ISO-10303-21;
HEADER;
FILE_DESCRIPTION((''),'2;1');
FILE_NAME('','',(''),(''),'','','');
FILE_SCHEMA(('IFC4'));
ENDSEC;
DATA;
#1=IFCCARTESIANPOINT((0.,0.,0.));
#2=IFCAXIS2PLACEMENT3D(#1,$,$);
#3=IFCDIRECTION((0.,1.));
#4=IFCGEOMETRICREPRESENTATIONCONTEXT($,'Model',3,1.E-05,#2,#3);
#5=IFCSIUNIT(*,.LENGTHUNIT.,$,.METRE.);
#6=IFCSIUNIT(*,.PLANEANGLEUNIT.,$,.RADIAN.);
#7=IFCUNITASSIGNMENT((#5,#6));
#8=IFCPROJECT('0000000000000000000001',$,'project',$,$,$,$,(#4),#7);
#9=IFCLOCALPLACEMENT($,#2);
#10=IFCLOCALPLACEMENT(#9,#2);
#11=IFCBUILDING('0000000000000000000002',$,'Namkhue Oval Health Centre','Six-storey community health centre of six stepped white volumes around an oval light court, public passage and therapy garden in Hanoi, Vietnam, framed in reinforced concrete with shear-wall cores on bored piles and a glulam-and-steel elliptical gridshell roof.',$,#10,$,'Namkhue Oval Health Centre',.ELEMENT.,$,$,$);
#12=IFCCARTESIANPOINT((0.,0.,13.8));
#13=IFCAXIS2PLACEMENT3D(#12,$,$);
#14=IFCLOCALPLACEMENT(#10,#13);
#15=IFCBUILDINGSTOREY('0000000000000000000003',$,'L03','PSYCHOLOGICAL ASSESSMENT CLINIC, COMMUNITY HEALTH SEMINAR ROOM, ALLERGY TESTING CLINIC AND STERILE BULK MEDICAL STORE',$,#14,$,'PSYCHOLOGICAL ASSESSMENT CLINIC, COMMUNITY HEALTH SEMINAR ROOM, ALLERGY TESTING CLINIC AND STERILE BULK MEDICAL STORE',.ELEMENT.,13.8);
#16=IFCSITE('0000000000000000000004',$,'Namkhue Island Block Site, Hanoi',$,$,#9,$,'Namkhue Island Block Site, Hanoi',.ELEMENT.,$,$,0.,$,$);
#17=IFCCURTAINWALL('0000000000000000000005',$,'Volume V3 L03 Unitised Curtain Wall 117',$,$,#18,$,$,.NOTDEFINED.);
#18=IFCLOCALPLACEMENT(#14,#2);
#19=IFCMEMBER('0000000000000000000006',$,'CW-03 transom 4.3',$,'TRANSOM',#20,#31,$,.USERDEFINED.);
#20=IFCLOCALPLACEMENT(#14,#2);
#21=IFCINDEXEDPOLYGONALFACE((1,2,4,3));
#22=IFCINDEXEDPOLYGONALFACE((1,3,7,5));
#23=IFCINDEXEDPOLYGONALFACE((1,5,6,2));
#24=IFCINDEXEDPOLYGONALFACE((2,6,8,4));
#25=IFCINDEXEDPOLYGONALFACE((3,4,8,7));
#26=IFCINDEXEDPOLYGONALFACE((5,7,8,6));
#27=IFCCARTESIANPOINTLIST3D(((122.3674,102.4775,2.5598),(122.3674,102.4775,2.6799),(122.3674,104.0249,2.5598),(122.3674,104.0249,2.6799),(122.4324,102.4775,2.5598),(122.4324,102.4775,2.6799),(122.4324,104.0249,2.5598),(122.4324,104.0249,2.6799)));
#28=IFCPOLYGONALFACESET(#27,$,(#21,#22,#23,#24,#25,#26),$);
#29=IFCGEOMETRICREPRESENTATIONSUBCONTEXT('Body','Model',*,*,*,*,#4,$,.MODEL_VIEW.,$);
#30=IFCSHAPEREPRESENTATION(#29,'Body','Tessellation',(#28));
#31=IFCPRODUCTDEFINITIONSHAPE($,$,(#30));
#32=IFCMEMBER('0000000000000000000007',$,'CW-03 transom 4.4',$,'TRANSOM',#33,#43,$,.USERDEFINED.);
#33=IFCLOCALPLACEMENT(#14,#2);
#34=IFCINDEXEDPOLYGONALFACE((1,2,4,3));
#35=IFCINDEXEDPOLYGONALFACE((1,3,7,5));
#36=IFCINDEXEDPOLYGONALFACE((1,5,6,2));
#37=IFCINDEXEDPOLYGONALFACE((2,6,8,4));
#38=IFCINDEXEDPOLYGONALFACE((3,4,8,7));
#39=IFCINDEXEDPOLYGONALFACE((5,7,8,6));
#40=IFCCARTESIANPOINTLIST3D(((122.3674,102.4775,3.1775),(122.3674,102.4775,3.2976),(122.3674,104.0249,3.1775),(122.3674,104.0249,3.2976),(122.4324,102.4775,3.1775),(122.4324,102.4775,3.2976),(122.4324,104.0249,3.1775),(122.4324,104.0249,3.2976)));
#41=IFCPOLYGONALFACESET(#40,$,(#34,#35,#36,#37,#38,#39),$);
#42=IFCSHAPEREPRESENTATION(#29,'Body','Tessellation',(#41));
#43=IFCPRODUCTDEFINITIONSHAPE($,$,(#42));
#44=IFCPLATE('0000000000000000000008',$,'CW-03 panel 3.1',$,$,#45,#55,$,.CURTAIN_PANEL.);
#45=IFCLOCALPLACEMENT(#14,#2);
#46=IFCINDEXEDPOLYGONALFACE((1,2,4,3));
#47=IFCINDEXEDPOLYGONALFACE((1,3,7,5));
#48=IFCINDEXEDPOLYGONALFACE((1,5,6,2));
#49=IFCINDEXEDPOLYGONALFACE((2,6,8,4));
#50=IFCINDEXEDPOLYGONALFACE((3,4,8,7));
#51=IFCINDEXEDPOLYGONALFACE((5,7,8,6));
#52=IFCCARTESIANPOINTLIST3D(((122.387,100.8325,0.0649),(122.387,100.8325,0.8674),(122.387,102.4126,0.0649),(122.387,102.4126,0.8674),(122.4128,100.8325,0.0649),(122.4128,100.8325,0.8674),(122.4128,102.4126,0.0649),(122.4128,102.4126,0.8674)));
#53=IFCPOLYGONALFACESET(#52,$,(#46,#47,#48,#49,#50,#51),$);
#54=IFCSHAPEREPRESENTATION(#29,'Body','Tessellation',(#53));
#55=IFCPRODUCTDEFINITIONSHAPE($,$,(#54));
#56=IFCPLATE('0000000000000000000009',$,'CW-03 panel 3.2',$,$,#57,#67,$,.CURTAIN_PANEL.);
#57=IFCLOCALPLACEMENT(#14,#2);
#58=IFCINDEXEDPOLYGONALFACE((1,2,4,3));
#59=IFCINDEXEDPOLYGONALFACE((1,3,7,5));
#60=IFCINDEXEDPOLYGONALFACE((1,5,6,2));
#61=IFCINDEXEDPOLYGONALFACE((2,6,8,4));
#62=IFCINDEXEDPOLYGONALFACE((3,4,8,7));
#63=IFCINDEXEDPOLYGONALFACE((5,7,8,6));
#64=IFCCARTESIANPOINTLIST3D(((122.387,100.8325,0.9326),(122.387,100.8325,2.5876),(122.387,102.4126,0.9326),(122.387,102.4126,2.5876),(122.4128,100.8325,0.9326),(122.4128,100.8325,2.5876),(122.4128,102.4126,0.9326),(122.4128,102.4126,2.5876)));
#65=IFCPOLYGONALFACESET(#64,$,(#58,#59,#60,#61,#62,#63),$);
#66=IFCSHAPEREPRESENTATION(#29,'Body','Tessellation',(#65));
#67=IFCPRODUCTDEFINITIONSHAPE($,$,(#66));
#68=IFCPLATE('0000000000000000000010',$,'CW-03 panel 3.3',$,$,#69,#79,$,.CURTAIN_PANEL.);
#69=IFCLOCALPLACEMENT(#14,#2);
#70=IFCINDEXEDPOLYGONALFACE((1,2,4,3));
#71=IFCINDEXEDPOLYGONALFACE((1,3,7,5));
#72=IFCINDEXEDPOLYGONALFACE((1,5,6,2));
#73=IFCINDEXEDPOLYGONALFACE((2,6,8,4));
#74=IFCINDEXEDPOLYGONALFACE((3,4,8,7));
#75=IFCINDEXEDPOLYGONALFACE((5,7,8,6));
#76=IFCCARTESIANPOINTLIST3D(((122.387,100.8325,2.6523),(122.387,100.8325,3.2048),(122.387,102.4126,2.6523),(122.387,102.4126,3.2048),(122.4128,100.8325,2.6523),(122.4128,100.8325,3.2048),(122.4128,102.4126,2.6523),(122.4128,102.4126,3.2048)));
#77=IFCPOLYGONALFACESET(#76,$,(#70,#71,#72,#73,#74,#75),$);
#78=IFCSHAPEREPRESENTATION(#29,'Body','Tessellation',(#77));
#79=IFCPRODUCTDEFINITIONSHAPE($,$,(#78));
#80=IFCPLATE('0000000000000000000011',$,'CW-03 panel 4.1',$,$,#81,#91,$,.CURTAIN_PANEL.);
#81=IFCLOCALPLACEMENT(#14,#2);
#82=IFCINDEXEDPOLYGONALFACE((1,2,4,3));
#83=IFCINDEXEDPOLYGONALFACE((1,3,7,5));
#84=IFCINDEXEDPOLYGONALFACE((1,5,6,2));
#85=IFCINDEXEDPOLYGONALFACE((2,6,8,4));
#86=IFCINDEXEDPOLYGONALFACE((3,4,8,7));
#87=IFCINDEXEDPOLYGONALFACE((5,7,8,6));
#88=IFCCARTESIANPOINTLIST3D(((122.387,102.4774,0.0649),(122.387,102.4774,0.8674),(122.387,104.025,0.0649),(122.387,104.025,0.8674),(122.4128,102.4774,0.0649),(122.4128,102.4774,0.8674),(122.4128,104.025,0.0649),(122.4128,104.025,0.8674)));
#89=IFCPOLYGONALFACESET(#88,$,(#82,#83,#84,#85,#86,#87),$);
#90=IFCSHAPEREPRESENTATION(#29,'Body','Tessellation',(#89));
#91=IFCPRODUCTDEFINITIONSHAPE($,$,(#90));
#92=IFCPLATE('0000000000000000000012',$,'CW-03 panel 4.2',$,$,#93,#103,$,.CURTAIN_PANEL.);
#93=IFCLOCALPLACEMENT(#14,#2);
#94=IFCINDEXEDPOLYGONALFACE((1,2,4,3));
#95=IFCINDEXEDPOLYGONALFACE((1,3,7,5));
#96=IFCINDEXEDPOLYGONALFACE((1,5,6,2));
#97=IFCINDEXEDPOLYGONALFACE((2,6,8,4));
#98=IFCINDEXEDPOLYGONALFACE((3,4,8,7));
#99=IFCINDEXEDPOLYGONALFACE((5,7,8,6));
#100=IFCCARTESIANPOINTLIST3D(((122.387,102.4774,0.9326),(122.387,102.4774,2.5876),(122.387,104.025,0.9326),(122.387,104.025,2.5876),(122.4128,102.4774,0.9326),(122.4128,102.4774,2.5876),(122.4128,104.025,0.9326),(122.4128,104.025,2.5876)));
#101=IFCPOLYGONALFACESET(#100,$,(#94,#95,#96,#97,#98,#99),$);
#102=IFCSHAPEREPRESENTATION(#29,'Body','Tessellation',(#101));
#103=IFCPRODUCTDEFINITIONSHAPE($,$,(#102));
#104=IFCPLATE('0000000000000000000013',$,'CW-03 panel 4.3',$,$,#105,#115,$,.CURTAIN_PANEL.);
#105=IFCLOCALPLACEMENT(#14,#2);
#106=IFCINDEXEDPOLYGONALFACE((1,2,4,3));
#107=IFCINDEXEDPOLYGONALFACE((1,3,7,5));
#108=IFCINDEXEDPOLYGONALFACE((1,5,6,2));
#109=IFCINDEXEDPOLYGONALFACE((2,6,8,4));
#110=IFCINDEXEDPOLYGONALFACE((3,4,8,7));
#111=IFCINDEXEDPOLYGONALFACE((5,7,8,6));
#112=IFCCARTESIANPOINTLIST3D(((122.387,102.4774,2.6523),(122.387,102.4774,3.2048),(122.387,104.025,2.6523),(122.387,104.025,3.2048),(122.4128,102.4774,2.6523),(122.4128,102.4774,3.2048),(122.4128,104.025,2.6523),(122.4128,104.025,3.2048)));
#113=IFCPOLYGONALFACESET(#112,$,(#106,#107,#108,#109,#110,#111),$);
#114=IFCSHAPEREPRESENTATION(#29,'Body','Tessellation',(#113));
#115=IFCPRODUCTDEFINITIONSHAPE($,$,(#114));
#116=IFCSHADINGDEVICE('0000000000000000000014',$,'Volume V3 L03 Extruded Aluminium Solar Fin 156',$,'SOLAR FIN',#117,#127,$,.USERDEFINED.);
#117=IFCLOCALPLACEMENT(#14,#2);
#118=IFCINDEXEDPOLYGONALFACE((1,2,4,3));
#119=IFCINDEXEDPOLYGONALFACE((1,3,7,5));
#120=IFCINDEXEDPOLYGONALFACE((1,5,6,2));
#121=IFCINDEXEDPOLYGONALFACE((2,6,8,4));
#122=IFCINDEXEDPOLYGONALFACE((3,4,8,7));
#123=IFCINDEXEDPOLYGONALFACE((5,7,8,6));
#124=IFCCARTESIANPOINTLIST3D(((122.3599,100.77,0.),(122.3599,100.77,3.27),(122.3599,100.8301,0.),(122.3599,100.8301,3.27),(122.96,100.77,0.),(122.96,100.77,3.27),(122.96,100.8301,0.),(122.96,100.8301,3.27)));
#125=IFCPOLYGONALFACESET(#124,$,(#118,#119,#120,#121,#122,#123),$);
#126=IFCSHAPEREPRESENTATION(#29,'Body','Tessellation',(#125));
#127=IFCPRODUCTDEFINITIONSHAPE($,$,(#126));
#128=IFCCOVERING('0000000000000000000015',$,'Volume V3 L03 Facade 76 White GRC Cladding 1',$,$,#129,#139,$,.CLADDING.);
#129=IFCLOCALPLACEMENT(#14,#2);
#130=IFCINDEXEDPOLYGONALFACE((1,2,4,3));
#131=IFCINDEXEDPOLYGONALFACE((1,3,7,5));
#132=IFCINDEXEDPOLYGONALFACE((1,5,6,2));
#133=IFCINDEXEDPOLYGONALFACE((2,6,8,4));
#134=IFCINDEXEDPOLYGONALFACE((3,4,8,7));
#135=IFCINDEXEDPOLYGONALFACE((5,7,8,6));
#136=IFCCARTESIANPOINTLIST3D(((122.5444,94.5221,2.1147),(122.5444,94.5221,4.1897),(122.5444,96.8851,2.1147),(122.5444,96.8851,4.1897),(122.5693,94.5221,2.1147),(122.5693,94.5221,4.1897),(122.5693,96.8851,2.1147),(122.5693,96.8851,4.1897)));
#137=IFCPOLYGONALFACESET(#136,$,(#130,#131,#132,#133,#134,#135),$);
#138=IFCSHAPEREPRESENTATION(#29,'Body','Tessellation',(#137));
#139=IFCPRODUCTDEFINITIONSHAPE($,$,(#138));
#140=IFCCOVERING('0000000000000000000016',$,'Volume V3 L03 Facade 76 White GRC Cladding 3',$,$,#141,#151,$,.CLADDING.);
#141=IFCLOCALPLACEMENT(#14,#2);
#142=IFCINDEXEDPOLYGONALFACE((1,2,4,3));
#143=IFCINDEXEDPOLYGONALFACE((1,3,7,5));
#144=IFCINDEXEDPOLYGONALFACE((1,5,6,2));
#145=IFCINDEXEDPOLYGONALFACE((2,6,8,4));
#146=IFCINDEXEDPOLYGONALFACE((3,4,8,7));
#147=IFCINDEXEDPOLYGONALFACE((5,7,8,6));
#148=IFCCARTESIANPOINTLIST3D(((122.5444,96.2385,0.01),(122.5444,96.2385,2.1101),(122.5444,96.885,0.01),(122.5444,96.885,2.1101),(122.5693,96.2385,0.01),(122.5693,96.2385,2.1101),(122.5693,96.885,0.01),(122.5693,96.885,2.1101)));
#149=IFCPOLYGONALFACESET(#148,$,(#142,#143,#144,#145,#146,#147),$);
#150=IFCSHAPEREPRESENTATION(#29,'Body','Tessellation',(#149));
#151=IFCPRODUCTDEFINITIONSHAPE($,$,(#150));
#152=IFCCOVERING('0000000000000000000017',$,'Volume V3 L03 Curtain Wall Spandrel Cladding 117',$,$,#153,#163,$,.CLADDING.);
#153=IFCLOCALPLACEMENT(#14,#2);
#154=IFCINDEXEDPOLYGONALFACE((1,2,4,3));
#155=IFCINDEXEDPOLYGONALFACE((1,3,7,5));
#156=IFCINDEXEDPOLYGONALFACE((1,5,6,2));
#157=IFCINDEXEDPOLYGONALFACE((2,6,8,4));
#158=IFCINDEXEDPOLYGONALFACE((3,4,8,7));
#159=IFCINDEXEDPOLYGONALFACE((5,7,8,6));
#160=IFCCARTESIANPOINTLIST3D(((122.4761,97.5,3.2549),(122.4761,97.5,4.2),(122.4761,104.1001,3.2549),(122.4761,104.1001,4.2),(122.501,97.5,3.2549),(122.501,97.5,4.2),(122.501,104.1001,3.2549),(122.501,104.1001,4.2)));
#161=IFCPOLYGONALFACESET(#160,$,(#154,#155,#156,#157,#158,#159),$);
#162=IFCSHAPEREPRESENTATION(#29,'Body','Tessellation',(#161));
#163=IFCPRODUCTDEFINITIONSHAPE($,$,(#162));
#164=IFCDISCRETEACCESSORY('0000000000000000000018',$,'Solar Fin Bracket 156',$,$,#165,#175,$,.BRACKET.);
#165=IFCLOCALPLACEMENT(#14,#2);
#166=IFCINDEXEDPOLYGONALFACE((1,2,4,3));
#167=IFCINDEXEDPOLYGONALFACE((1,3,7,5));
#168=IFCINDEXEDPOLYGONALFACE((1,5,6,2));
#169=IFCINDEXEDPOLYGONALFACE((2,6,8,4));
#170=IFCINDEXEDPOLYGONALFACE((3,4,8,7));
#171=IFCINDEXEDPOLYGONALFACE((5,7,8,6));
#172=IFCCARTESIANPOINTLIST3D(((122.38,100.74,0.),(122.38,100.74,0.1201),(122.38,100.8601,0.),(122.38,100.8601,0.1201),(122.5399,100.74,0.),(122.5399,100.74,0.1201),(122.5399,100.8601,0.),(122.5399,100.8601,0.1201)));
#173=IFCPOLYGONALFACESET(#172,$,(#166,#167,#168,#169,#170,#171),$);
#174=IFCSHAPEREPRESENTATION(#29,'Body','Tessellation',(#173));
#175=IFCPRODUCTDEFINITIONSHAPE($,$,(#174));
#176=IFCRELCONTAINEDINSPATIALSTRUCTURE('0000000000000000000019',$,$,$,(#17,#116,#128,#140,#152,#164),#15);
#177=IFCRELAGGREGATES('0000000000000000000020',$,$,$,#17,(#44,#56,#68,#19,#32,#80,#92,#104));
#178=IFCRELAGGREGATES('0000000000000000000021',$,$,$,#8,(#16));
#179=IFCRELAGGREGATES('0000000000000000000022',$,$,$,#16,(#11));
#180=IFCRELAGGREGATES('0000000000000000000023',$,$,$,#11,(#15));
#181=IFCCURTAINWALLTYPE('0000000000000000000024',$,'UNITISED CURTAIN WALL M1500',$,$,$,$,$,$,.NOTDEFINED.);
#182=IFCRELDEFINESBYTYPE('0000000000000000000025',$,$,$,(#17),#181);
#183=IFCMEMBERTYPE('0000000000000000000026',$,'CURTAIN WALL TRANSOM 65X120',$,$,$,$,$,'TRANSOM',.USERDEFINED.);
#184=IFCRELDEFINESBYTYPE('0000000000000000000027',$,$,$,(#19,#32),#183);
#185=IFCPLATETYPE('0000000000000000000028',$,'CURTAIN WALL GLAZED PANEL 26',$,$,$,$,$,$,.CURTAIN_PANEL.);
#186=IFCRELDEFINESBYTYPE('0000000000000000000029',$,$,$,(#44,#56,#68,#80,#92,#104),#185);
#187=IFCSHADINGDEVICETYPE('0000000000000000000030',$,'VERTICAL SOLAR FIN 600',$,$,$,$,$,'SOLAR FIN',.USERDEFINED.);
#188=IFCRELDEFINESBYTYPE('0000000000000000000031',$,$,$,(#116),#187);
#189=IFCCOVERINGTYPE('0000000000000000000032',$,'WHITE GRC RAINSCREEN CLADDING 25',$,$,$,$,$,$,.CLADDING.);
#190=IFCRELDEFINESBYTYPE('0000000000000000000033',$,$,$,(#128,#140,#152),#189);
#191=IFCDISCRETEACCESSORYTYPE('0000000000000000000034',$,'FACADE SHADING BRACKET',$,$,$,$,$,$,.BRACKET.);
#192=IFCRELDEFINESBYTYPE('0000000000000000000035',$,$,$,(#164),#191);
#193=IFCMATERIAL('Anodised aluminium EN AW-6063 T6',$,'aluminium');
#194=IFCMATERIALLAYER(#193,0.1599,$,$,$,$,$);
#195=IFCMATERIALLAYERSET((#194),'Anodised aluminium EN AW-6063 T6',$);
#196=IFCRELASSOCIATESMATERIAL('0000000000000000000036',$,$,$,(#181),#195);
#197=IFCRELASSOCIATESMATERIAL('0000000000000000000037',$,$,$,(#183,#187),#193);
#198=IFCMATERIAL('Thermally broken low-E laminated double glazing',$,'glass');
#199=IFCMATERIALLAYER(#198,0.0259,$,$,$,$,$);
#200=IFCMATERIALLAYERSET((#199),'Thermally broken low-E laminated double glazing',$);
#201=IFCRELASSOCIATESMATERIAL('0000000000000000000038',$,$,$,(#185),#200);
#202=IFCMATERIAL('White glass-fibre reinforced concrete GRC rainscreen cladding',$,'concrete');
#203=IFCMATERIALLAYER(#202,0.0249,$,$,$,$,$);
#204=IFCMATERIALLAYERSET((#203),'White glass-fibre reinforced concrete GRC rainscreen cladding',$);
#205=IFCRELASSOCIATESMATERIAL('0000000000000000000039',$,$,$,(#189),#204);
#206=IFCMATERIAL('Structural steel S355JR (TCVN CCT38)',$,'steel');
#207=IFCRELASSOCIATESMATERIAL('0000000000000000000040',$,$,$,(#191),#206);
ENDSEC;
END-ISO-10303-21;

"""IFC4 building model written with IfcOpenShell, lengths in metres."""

from ifc_helpers import new_model, si_unit, direction, frame, origin, origin_2d, place, context, subcontext, project, spatial, rectangle, extrude, material, layer, layer_set, material_profile, profile_set, type_object, element, aggregate, save


model = new_model("IFC4")

# Units and contexts
model_context = context("Model", 3, precision=1e-05, world=origin(), true_north=direction((0.0, 1.0)))
body_context = subcontext(model_context, "Body", "Model", "MODEL_VIEW")
ifc_project = project(units=[si_unit("LENGTHUNIT", "METRE"), si_unit("PLANEANGLEUNIT", "RADIAN")], contexts=[model_context])

# Site, building, storey
site_placement = place(None, origin())
site = spatial("IfcSite", under=ifc_project, at=site_placement, Name="Namkhue Island Block Site, Hanoi", LongName="Namkhue Island Block Site, Hanoi", CompositionType="ELEMENT", RefElevation=0.0)
building_placement = place(site_placement, origin())
building = spatial("IfcBuilding", under=site, at=building_placement, Name="Namkhue Oval Health Centre", Description="Six-storey community health centre of six stepped white volumes around an oval light court, public passage and therapy garden in Hanoi, Vietnam, framed in reinforced concrete with shear-wall cores on bored piles and a glulam-and-steel elliptical gridshell roof.", LongName="Namkhue Oval Health Centre", CompositionType="ELEMENT")
storey_placement = place(building_placement, frame((0.0, 0.0, 13.8)))
storey = spatial("IfcBuildingStorey", under=building, at=storey_placement, Name="L03", Description="PSYCHOLOGICAL ASSESSMENT CLINIC, COMMUNITY HEALTH SEMINAR ROOM, ALLERGY TESTING CLINIC AND STERILE BULK MEDICAL STORE", LongName="PSYCHOLOGICAL ASSESSMENT CLINIC, COMMUNITY HEALTH SEMINAR ROOM, ALLERGY TESTING CLINIC AND STERILE BULK MEDICAL STORE", CompositionType="ELEMENT", Elevation=13.8)

# Curtain wall, members, plates
ifc_material_1 = material(Name="Anodised aluminium EN AW-6063 T6", Category="aluminium")
ifc_layer_1 = layer(ifc_material_1, 0.1599)
ifc_layer_set_1 = layer_set([ifc_layer_1], Name="Anodised aluminium EN AW-6063 T6")
curtain_wall_type = type_object("IfcCurtainWallType", Name="UNITISED CURTAIN WALL M1500", PredefinedType="NOTDEFINED", material=ifc_layer_set_1)
curtain_wall_placement = place(storey_placement, origin())
curtain_wall = element("IfcCurtainWall", 1, at=curtain_wall_placement, inside=storey, type_object=curtain_wall_type, Name="Volume V3 L03 Unitised Curtain Wall 117", PredefinedType="NOTDEFINED")
ifc_material_profile_1 = material_profile(ifc_material_1, rectangle(XDim=0.0649, YDim=0.1201, at=origin_2d()), Name="ALU 65x120")
ifc_profile_set_1 = profile_set([ifc_material_profile_1], Name="Anodised aluminium EN AW-6063 T6")
member_type_1 = type_object("IfcMemberType", Name="CURTAIN WALL TRANSOM 65X120", ElementType="TRANSOM", PredefinedType="USERDEFINED", material=ifc_profile_set_1)
member_1_placement = place(storey_placement, frame((122.3999, 102.4775, 2.6199), z_axis=(0.0, 1.0, 0.0), x_axis=(-1.0, 0.0, 0.0)))
member_1 = element("IfcMember", 2, at=member_1_placement, type_object=member_type_1, Name="CW-03 transom 4.3", ObjectType="TRANSOM", PredefinedType="USERDEFINED", context=body_context, shape_type="SweptSolid", body=[
    extrude(rectangle(XDim=0.0649, YDim=0.1201, at=origin_2d()), origin(), (0.0, 0.0, 1.0), 1.5474),
])
member_2_placement = place(storey_placement, frame((122.3999, 102.4775, 3.2375), z_axis=(0.0, 1.0, 0.0), x_axis=(-1.0, 0.0, 0.0)))
member_2 = element("IfcMember", 3, at=member_2_placement, type_object=member_type_1, Name="CW-03 transom 4.4", ObjectType="TRANSOM", PredefinedType="USERDEFINED", context=body_context, shape_type="SweptSolid", body=[
    extrude(rectangle(XDim=0.0649, YDim=0.1201, at=origin_2d()), origin(), (0.0, 0.0, 1.0), 1.5474),
])
ifc_material_2 = material(Name="Thermally broken low-E laminated double glazing", Category="glass")
ifc_layer_2 = layer(ifc_material_2, 0.0259)
ifc_layer_set_2 = layer_set([ifc_layer_2], Name="Thermally broken low-E laminated double glazing")
plate_type = type_object("IfcPlateType", Name="CURTAIN WALL GLAZED PANEL 26", PredefinedType="CURTAIN_PANEL", material=ifc_layer_set_2)
plate_1_placement = place(storey_placement, frame((122.3999, 101.6226, 0.0649), z_axis=(0.0, 0.0, 1.0), x_axis=(0.0, 1.0, 0.0)))
plate_1 = element("IfcPlate", 4, at=plate_1_placement, type_object=plate_type, Name="CW-03 panel 3.1", PredefinedType="CURTAIN_PANEL", context=body_context, shape_type="SweptSolid", body=[
    extrude(rectangle(XDim=1.5801, YDim=0.0259, at=origin_2d()), origin(), (0.0, 0.0, 1.0), 0.8025),
])
plate_2_placement = place(storey_placement, frame((122.3999, 101.6226, 0.9326), z_axis=(0.0, 0.0, 1.0), x_axis=(0.0, 1.0, 0.0)))
plate_2 = element("IfcPlate", 5, at=plate_2_placement, type_object=plate_type, Name="CW-03 panel 3.2", PredefinedType="CURTAIN_PANEL", context=body_context, shape_type="SweptSolid", body=[
    extrude(rectangle(XDim=1.5801, YDim=0.0259, at=origin_2d()), origin(), (0.0, 0.0, 1.0), 1.655),
])
plate_3_placement = place(storey_placement, frame((122.3999, 101.6226, 2.6523), z_axis=(0.0, 0.0, 1.0), x_axis=(0.0, 1.0, 0.0)))
plate_3 = element("IfcPlate", 6, at=plate_3_placement, type_object=plate_type, Name="CW-03 panel 3.3", PredefinedType="CURTAIN_PANEL", context=body_context, shape_type="SweptSolid", body=[
    extrude(rectangle(XDim=1.5801, YDim=0.0259, at=origin_2d()), origin(), (0.0, 0.0, 1.0), 0.5525),
])
plate_4_placement = place(storey_placement, frame((122.3999, 103.2512, 0.0649), z_axis=(0.0, 0.0, 1.0), x_axis=(0.0, 1.0, 0.0)))
plate_4 = element("IfcPlate", 7, at=plate_4_placement, type_object=plate_type, Name="CW-03 panel 4.1", PredefinedType="CURTAIN_PANEL", context=body_context, shape_type="SweptSolid", body=[
    extrude(rectangle(XDim=1.5476, YDim=0.0259, at=origin_2d()), origin(), (0.0, 0.0, 1.0), 0.8025),
])
plate_5_placement = place(storey_placement, frame((122.3999, 103.2512, 0.9326), z_axis=(0.0, 0.0, 1.0), x_axis=(0.0, 1.0, 0.0)))
plate_5 = element("IfcPlate", 8, at=plate_5_placement, type_object=plate_type, Name="CW-03 panel 4.2", PredefinedType="CURTAIN_PANEL", context=body_context, shape_type="SweptSolid", body=[
    extrude(rectangle(XDim=1.5476, YDim=0.0259, at=origin_2d()), origin(), (0.0, 0.0, 1.0), 1.655),
])
plate_6_placement = place(storey_placement, frame((122.3999, 103.2512, 2.6523), z_axis=(0.0, 0.0, 1.0), x_axis=(0.0, 1.0, 0.0)))
plate_6 = element("IfcPlate", 9, at=plate_6_placement, type_object=plate_type, Name="CW-03 panel 4.3", PredefinedType="CURTAIN_PANEL", context=body_context, shape_type="SweptSolid", body=[
    extrude(rectangle(XDim=1.5476, YDim=0.0259, at=origin_2d()), origin(), (0.0, 0.0, 1.0), 0.5525),
])
aggregate(curtain_wall, [plate_1, plate_2, plate_3, member_1, member_2, plate_4, plate_5, plate_6])

# Shading device
shading_device_type = type_object("IfcShadingDeviceType", Name="VERTICAL SOLAR FIN 600", ElementType="SOLAR FIN", PredefinedType="USERDEFINED", material=ifc_material_1)
shading_device_placement = place(storey_placement, frame((122.6599, 100.8, 0.0), z_axis=(0.0, 0.0, 1.0), x_axis=(1.0, 0.0, 0.0)))
element("IfcShadingDevice", 10, at=shading_device_placement, inside=storey, type_object=shading_device_type, Name="Volume V3 L03 Extruded Aluminium Solar Fin 156", ObjectType="SOLAR FIN", PredefinedType="USERDEFINED", context=body_context, shape_type="SweptSolid", body=[
    extrude(rectangle(XDim=0.6001, YDim=0.0601, at=origin_2d()), origin(), (0.0, 0.0, 1.0), 3.27),
])

# Coverings
ifc_material_3 = material(Name="White glass-fibre reinforced concrete GRC rainscreen cladding", Category="concrete")
ifc_layer_3 = layer(ifc_material_3, 0.0249)
ifc_layer_set_3 = layer_set([ifc_layer_3], Name="White glass-fibre reinforced concrete GRC rainscreen cladding")
covering_type = type_object("IfcCoveringType", Name="WHITE GRC RAINSCREEN CLADDING 25", PredefinedType="CLADDING", material=ifc_layer_set_3)
covering_1_placement = place(storey_placement, frame((122.5569, 95.7036, 2.1147), z_axis=(0.0, 0.0, 1.0), x_axis=(0.0, 1.0, 0.0)))
element("IfcCovering", 11, at=covering_1_placement, inside=storey, type_object=covering_type, Name="Volume V3 L03 Facade 76 White GRC Cladding 1", PredefinedType="CLADDING", context=body_context, shape_type="SweptSolid", body=[
    extrude(rectangle(XDim=2.363, YDim=0.0249, at=origin_2d()), origin(), (0.0, 0.0, 1.0), 2.075),
])
covering_2_placement = place(storey_placement, frame((122.5569, 96.5618, 0.01), z_axis=(0.0, 0.0, 1.0), x_axis=(0.0, 1.0, 0.0)))
element("IfcCovering", 12, at=covering_2_placement, inside=storey, type_object=covering_type, Name="Volume V3 L03 Facade 76 White GRC Cladding 3", PredefinedType="CLADDING", context=body_context, shape_type="SweptSolid", body=[
    extrude(rectangle(XDim=0.6465, YDim=0.0249, at=origin_2d()), origin(), (0.0, 0.0, 1.0), 2.1001),
])
covering_3_placement = place(storey_placement, frame((122.4885, 100.8, 3.2549), z_axis=(0.0, 0.0, 1.0), x_axis=(0.0, 1.0, 0.0)))
element("IfcCovering", 13, at=covering_3_placement, inside=storey, type_object=covering_type, Name="Volume V3 L03 Curtain Wall Spandrel Cladding 117", PredefinedType="CLADDING", context=body_context, shape_type="SweptSolid", body=[
    extrude(rectangle(XDim=6.6001, YDim=0.0249, at=origin_2d()), origin(), (0.0, 0.0, 1.0), 0.9451),
])

# Discrete accessory
ifc_material_4 = material(Name="Structural steel S355JR (TCVN CCT38)", Category="steel")
discrete_accessory_type = type_object("IfcDiscreteAccessoryType", Name="FACADE SHADING BRACKET", PredefinedType="BRACKET", material=ifc_material_4)
discrete_accessory_placement = place(storey_placement, frame((122.46, 100.8, 0.0), z_axis=(0.0, 0.0, 1.0), x_axis=(1.0, 0.0, 0.0)))
element("IfcDiscreteAccessory", 14, at=discrete_accessory_placement, inside=storey, type_object=discrete_accessory_type, Name="Solar Fin Bracket 156", PredefinedType="BRACKET", context=body_context, shape_type="SweptSolid", body=[
    extrude(rectangle(XDim=0.1599, YDim=0.1201, at=origin_2d()), origin(), (0.0, 0.0, 1.0), 0.1201),
])

save(model, "model.ifc")
